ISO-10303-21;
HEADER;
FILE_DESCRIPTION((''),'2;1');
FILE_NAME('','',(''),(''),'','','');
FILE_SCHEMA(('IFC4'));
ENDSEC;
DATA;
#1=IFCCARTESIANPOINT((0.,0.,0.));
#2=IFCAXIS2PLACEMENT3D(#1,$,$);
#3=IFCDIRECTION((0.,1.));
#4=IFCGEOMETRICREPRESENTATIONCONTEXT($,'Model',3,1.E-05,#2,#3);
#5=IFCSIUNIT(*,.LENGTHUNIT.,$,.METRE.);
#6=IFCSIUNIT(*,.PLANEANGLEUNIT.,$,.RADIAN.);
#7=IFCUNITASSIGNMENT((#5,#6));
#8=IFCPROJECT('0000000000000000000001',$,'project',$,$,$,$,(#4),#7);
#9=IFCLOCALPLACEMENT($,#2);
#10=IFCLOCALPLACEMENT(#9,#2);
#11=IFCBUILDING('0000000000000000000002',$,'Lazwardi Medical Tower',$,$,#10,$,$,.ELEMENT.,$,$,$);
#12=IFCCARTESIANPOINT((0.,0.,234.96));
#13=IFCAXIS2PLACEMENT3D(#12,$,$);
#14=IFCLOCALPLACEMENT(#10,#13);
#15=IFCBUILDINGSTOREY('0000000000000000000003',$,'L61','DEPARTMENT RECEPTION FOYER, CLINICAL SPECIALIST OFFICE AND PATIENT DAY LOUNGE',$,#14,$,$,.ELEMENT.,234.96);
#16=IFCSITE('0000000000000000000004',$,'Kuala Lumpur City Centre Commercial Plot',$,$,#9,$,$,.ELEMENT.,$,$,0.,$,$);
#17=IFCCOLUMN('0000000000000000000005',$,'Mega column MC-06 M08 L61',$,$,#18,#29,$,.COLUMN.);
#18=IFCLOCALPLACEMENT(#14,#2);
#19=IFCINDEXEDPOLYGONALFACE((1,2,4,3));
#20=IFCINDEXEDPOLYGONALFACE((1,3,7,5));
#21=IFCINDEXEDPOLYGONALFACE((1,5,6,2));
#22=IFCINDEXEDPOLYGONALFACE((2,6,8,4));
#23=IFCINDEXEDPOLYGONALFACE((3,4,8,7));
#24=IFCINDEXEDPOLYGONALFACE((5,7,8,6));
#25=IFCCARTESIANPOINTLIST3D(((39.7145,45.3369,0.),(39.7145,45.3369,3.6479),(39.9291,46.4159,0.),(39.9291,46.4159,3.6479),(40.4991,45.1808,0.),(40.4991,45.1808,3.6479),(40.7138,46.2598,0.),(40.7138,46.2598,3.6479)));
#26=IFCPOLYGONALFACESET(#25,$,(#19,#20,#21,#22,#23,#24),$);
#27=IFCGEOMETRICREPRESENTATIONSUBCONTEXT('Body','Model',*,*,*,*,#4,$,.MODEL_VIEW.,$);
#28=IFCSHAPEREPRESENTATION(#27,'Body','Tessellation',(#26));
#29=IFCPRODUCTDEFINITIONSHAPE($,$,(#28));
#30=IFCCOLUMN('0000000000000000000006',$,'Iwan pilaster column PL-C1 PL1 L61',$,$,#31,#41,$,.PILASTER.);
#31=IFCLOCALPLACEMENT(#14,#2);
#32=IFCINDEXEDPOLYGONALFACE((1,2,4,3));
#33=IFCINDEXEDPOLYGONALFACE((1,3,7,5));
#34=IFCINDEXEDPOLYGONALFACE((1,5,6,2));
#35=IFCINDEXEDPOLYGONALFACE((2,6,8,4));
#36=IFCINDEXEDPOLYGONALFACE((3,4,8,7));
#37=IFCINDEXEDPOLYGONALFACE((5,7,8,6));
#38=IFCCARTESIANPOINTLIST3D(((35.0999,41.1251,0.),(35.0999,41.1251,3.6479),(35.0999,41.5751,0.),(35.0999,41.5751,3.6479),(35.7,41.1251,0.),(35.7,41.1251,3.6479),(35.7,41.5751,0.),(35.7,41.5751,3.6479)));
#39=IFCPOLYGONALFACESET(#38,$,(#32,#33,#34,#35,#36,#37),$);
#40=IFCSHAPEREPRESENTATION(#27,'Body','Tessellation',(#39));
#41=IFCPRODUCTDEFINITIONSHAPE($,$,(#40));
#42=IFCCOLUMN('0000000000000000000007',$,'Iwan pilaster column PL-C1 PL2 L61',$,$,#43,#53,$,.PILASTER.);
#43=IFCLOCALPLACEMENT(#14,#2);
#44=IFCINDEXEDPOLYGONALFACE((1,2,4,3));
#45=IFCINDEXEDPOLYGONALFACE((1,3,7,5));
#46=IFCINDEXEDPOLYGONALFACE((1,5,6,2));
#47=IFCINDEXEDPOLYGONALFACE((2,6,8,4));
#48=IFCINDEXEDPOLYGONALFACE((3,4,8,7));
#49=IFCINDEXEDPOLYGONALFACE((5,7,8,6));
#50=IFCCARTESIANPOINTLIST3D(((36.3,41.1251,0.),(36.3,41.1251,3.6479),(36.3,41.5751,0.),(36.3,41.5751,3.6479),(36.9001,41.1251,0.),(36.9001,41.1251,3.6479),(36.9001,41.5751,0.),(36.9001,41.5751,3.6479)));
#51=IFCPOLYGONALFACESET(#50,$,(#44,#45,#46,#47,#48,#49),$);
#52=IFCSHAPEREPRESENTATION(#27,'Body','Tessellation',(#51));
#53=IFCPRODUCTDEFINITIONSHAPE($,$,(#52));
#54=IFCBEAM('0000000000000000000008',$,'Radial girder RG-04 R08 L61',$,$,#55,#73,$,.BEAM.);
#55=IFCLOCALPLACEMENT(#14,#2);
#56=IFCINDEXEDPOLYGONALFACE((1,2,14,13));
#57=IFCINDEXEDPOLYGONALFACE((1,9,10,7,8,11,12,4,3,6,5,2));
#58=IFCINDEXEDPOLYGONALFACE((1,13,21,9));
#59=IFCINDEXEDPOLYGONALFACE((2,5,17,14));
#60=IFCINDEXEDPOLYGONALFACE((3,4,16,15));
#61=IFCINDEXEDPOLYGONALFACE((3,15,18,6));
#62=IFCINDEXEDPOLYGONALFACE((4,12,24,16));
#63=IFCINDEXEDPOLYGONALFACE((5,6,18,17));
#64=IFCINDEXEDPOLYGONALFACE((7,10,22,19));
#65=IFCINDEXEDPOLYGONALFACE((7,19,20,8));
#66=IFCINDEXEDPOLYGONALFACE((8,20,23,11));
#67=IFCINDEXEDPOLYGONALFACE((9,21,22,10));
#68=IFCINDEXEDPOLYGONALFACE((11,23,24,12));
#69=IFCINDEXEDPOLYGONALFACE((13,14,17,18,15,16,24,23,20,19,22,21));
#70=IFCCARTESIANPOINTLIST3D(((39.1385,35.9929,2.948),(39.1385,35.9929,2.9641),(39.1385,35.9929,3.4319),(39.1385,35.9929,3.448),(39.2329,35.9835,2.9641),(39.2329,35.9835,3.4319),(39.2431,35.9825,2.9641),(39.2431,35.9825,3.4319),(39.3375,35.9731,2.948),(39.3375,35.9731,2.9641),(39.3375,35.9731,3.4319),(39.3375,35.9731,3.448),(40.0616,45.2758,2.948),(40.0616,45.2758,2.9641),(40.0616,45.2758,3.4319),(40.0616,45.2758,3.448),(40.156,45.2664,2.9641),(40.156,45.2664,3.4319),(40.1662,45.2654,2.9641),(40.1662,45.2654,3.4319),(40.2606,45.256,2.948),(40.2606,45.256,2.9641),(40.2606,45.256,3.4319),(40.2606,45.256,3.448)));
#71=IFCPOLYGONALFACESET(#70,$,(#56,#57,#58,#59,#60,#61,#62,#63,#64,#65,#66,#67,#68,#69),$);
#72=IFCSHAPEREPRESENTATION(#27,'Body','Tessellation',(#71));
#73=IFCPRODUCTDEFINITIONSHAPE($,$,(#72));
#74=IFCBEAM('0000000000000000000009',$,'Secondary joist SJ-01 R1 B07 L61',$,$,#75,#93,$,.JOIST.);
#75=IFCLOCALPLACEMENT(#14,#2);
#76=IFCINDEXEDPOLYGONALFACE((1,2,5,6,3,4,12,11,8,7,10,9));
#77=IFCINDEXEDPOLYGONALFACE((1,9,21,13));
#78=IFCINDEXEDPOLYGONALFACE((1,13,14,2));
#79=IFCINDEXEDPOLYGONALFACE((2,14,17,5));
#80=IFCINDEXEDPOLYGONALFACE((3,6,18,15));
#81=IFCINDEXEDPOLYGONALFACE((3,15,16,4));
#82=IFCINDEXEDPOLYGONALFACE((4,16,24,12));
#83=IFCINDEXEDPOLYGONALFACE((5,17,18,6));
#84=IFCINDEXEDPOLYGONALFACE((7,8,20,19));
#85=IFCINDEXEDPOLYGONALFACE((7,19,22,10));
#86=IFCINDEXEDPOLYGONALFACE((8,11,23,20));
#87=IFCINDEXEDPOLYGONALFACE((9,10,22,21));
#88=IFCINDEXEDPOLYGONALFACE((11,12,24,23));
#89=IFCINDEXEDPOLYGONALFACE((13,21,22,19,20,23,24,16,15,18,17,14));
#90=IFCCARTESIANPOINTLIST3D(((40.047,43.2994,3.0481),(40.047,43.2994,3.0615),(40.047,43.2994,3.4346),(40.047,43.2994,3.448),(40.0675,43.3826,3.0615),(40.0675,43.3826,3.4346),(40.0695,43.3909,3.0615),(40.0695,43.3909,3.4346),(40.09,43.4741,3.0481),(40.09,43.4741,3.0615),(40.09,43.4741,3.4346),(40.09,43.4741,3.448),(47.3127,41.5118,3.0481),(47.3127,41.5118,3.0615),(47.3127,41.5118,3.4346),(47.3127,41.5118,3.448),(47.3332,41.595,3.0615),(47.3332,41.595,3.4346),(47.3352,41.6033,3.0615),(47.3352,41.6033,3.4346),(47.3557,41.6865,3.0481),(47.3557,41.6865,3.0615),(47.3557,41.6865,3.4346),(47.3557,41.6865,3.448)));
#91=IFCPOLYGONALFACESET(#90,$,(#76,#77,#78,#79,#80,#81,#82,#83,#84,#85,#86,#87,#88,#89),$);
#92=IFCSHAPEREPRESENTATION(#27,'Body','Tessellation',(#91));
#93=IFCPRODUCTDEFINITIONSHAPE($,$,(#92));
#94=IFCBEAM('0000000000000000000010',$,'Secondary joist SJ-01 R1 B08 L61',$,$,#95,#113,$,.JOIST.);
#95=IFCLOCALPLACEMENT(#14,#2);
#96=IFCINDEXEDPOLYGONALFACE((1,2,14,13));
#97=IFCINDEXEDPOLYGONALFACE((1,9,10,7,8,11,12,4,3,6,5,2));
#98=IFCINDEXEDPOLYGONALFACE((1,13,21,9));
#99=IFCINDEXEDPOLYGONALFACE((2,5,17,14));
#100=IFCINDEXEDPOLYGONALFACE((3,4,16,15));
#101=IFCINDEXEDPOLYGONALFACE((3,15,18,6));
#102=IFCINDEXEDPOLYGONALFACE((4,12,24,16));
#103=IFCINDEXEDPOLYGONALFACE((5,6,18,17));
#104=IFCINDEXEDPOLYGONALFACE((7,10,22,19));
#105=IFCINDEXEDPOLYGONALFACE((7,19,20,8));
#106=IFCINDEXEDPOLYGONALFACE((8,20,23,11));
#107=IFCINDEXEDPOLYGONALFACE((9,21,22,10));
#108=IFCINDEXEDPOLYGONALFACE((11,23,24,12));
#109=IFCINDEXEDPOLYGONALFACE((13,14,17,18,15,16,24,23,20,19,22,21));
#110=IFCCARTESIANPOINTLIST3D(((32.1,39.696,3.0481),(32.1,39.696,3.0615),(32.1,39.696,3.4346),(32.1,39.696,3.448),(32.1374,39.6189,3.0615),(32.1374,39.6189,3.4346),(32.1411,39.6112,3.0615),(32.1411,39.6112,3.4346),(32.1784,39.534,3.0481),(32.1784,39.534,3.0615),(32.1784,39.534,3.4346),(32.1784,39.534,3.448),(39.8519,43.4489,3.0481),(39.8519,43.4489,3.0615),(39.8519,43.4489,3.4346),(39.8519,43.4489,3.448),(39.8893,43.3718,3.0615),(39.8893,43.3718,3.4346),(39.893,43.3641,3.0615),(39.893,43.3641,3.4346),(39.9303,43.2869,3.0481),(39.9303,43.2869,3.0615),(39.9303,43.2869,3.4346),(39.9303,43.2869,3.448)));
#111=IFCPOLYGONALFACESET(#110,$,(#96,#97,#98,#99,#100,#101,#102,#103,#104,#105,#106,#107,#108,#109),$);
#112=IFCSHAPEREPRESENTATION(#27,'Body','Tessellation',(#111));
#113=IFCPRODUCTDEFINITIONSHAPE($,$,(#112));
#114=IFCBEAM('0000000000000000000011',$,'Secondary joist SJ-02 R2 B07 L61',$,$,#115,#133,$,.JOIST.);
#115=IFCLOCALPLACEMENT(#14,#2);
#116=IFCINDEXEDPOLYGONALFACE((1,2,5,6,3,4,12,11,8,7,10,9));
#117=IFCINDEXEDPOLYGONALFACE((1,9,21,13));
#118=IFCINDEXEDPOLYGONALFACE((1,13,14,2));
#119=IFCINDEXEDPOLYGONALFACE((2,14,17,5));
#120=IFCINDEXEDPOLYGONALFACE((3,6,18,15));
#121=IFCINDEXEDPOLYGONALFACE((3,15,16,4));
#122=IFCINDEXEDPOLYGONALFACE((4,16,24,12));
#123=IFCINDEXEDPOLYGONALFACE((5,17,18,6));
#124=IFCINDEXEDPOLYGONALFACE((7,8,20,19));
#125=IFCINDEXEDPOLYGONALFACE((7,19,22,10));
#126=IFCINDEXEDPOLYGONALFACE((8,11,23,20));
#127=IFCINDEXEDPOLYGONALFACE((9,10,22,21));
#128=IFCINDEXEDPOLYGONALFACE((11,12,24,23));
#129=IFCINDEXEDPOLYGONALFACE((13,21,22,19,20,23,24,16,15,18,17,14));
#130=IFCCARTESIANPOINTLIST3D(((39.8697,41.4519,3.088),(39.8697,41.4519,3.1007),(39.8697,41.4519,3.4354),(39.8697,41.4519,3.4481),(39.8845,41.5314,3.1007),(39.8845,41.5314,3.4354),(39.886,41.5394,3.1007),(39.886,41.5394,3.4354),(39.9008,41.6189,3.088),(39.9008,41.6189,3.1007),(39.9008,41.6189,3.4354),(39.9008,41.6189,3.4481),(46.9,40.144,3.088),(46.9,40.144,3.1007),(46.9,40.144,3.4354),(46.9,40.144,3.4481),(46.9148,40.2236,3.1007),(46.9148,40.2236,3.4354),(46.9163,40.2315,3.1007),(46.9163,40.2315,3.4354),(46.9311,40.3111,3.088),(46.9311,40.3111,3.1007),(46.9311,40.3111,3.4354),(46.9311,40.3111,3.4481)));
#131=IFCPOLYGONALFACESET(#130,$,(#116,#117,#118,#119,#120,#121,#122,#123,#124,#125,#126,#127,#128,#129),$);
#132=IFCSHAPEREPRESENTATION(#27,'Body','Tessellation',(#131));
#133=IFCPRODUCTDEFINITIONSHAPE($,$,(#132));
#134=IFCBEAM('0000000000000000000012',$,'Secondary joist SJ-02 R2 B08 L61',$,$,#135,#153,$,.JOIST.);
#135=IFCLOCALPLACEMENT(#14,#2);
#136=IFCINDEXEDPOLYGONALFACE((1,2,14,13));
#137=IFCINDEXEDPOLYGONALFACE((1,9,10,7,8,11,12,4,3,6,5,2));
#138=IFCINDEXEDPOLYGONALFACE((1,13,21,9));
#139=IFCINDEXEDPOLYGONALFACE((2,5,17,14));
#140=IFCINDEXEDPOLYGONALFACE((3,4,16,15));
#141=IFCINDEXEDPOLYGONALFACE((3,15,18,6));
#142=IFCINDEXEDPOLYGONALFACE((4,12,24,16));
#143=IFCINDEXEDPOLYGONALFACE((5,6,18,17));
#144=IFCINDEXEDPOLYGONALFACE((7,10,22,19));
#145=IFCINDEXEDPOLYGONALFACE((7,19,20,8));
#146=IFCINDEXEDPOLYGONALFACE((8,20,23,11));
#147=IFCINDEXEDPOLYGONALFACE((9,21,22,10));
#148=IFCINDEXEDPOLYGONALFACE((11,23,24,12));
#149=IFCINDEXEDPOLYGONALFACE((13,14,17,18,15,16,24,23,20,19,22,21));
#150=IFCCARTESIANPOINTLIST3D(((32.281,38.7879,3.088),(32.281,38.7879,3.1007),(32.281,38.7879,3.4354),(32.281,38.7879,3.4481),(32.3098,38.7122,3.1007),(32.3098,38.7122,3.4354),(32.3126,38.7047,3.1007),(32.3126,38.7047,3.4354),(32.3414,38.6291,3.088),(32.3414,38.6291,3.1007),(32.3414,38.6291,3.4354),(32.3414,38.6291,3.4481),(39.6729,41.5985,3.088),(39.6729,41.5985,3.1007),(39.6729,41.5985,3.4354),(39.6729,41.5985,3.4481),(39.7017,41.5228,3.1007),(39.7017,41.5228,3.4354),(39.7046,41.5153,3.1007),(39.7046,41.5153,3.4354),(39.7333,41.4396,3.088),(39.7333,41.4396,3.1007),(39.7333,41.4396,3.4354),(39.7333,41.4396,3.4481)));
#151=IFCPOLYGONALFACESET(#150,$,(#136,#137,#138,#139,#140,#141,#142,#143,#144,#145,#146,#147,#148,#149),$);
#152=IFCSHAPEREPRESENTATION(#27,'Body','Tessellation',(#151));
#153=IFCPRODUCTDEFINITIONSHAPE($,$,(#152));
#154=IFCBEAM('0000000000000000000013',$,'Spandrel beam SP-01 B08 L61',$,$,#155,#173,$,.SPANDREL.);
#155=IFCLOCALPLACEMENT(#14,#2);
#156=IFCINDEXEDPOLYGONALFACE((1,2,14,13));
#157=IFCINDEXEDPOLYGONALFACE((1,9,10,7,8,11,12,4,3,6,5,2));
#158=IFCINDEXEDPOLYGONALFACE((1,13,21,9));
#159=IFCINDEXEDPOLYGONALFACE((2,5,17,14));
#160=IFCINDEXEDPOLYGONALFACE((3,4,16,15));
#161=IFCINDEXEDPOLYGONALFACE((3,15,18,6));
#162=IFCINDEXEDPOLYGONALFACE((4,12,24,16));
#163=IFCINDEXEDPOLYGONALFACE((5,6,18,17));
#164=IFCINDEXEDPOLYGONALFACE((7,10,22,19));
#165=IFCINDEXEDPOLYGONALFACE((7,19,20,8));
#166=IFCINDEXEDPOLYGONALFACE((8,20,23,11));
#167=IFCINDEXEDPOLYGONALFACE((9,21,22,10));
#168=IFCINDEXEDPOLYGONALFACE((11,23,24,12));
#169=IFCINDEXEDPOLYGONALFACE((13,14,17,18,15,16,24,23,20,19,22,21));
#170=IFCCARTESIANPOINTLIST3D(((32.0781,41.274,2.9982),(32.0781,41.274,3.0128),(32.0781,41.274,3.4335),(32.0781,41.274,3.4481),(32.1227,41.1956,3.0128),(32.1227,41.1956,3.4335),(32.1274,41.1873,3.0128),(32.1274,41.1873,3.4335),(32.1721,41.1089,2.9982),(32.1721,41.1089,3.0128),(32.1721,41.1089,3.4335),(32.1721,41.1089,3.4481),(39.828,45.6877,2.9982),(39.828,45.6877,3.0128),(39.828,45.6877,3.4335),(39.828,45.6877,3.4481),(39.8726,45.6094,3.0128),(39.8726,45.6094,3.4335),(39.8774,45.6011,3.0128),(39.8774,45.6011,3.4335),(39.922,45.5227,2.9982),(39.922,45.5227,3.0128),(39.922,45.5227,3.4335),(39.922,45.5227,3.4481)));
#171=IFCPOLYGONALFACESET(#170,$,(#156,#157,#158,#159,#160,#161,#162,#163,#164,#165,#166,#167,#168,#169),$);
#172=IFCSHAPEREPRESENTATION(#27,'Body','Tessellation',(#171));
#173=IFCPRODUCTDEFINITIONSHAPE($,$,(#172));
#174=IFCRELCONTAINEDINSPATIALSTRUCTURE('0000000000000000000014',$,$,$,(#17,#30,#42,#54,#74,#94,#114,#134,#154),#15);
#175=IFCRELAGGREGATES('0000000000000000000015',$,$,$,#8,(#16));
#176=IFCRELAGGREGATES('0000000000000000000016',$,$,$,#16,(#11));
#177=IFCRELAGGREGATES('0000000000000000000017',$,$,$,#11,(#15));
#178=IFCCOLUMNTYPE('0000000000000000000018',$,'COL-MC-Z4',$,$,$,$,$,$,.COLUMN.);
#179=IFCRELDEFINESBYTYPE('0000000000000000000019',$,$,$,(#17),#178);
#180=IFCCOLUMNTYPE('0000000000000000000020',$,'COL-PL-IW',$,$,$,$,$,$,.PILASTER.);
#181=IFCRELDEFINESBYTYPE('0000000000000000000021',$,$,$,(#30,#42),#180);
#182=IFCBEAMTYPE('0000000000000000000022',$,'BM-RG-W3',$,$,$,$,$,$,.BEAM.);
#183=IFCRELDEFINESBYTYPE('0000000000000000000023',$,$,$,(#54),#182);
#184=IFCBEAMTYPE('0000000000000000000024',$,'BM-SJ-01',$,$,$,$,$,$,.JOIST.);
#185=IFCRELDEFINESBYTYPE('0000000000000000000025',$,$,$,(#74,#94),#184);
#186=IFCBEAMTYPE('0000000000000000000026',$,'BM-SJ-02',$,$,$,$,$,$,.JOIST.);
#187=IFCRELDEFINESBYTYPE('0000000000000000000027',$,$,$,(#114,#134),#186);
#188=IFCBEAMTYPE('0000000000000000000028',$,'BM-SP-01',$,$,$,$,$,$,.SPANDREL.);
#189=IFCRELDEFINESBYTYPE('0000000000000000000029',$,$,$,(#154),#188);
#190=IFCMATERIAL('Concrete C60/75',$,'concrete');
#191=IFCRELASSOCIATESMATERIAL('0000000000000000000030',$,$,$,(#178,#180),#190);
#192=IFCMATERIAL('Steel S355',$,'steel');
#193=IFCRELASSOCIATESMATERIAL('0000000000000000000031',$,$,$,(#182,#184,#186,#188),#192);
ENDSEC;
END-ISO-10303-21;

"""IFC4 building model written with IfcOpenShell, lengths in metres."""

from ifc_helpers import new_model, si_unit, direction, frame, origin, origin_2d, place, context, subcontext, project, spatial, rectangle, i_section, extrude, material, material_profile, profile_set, type_object, element, save


model = new_model("IFC4")

# Units and contexts
model_context = context("Model", 3, precision=1e-05, world=origin(), true_north=direction((0.0, 1.0)))
body_context = subcontext(model_context, "Body", "Model", "MODEL_VIEW")
ifc_project = project(units=[si_unit("LENGTHUNIT", "METRE"), si_unit("PLANEANGLEUNIT", "RADIAN")], contexts=[model_context])

# Site, building, storey
site_placement = place(None, origin())
site = spatial("IfcSite", under=ifc_project, at=site_placement, Name="Kuala Lumpur City Centre Commercial Plot", CompositionType="ELEMENT", RefElevation=0.0)
building_placement = place(site_placement, origin())
building = spatial("IfcBuilding", under=site, at=building_placement, Name="Lazwardi Medical Tower", CompositionType="ELEMENT")
storey_placement = place(building_placement, frame((0.0, 0.0, 234.96)))
storey = spatial("IfcBuildingStorey", under=building, at=storey_placement, Name="L61", Description="DEPARTMENT RECEPTION FOYER, CLINICAL SPECIALIST OFFICE AND PATIENT DAY LOUNGE", CompositionType="ELEMENT", Elevation=234.96)

# Columns
ifc_material_1 = material(Name="Concrete C60/75", Category="concrete")
ifc_material_profile_1 = material_profile(ifc_material_1, rectangle(XDim=1.1001, YDim=0.8, at=origin_2d()), Name="CFT-RECT 1100x800")
ifc_profile_set_1 = profile_set([ifc_material_profile_1], Name="Concrete C60/75")
column_type_1 = type_object("IfcColumnType", Name="COL-MC-Z4", PredefinedType="COLUMN", material=ifc_profile_set_1)
column_placement = place(storey_placement, frame((40.2141, 45.7983, 0.0), z_axis=(0.0, 0.0, 1.0), x_axis=(0.19509, 0.980785, 0.0)))
element("IfcColumn", 1, at=column_placement, inside=storey, type_object=column_type_1, Name="Mega column MC-06 M08 L61", PredefinedType="COLUMN", context=body_context, shape_type="SweptSolid", body=[
    extrude(rectangle(XDim=1.1001, YDim=0.8, at=origin_2d()), origin(), (0.0, 0.0, 1.0), 3.6479),
])
ifc_material_profile_2 = material_profile(ifc_material_1, rectangle(XDim=0.6001, YDim=0.45, at=origin_2d()), Name="RC 600x450")
ifc_profile_set_2 = profile_set([ifc_material_profile_2], Name="Concrete C60/75")
column_type_2 = type_object("IfcColumnType", Name="COL-PL-IW", PredefinedType="PILASTER", material=ifc_profile_set_2)
for number, where, z_axis, x_axis, name in (
    (2, (35.3999, 41.3501, 0.0), (0.0, 0.0, 1.0), (1.0, 0.0, 0.0), "Iwan pilaster column PL-C1 PL1 L61"),
    (3, (36.6001, 41.3501, 0.0), (0.0, 0.0, 1.0), (1.0, 0.0, 0.0), "Iwan pilaster column PL-C1 PL2 L61"),
):
    element("IfcColumn", number, at=place(storey_placement, frame(where, z_axis=z_axis, x_axis=x_axis)), inside=storey, type_object=column_type_2, Name=name, PredefinedType="PILASTER", context=body_context, shape_type="SweptSolid", body=[
        extrude(rectangle(XDim=0.6001, YDim=0.45, at=origin_2d()), origin(), (0.0, 0.0, 1.0), 3.6479),
    ])

# Beams
ifc_material_2 = material(Name="Steel S355", Category="steel")
ifc_material_profile_3 = material_profile(ifc_material_2, i_section(OverallWidth=0.2, OverallDepth=0.5, WebThickness=0.0103, FlangeThickness=0.0161, at=origin_2d()), Name="IPE 500")
ifc_profile_set_3 = profile_set([ifc_material_profile_3], Name="Steel S355")
beam_type_1 = type_object("IfcBeamType", Name="BM-RG-W3", PredefinedType="BEAM", material=ifc_profile_set_3)
beam_1_placement = place(storey_placement, frame((40.1611, 45.2659, 3.198), z_axis=(-0.098954, -0.995092, 0.0), x_axis=(0.995092, -0.098954, 0.0)))
element("IfcBeam", 4, at=beam_1_placement, inside=storey, type_object=beam_type_1, Name="Radial girder RG-04 R08 L61", PredefinedType="BEAM", context=body_context, shape_type="SweptSolid", body=[
    extrude(i_section(OverallWidth=0.2, OverallDepth=0.5, WebThickness=0.0103, FlangeThickness=0.0161, at=origin_2d()), origin(), (0.0, 0.0, 1.0), 9.3286),
])
ifc_material_profile_4 = material_profile(ifc_material_2, i_section(OverallWidth=0.1799, OverallDepth=0.3999, WebThickness=0.0085, FlangeThickness=0.0134, at=origin_2d()), Name="IPE 400")
ifc_profile_set_4 = profile_set([ifc_material_profile_4], Name="Steel S355")
beam_type_2 = type_object("IfcBeamType", Name="BM-SJ-01", PredefinedType="JOIST", material=ifc_profile_set_4)
beam_2_placement = place(storey_placement, frame((47.3342, 41.5991, 3.248), z_axis=(-0.971042, 0.23891, 0.0), x_axis=(-0.23891, -0.971042, 0.0)))
element("IfcBeam", 5, at=beam_2_placement, inside=storey, type_object=beam_type_2, Name="Secondary joist SJ-01 R1 B07 L61", PredefinedType="JOIST", context=body_context, shape_type="SweptSolid", body=[
    extrude(i_section(OverallWidth=0.1799, OverallDepth=0.3999, WebThickness=0.0085, FlangeThickness=0.0134, at=origin_2d()), origin(), (0.0, 0.0, 1.0), 7.4824),
])
beam_3_placement = place(storey_placement, frame((39.8911, 43.3679, 3.248), z_axis=(-0.900069, -0.435748, 0.0), x_axis=(0.435748, -0.900069, 0.0)))
element("IfcBeam", 6, at=beam_3_placement, inside=storey, type_object=beam_type_2, Name="Secondary joist SJ-01 R1 B08 L61", PredefinedType="JOIST", context=body_context, shape_type="SweptSolid", body=[
    extrude(i_section(OverallWidth=0.1799, OverallDepth=0.3999, WebThickness=0.0085, FlangeThickness=0.0134, at=origin_2d()), origin(), (0.0, 0.0, 1.0), 8.6125),
])
ifc_material_profile_5 = material_profile(ifc_material_2, i_section(OverallWidth=0.1699, OverallDepth=0.3601, WebThickness=0.0081, FlangeThickness=0.0127, at=origin_2d()), Name="IPE 360")
ifc_profile_set_5 = profile_set([ifc_material_profile_5], Name="Steel S355")
beam_type_3 = type_object("IfcBeamType", Name="BM-SJ-02", PredefinedType="JOIST", material=ifc_profile_set_5)
beam_4_placement = place(storey_placement, frame((46.9155, 40.2275, 3.2681), z_axis=(-0.983132, 0.182895, 0.0), x_axis=(-0.182895, -0.983132, 0.0)))
element("IfcBeam", 7, at=beam_4_placement, inside=storey, type_object=beam_type_3, Name="Secondary joist SJ-02 R2 B07 L61", PredefinedType="JOIST", context=body_context, shape_type="SweptSolid", body=[
    extrude(i_section(OverallWidth=0.1699, OverallDepth=0.3601, WebThickness=0.0081, FlangeThickness=0.0127, at=origin_2d()), origin(), (0.0, 0.0, 1.0), 7.1509),
])
beam_5_placement = place(storey_placement, frame((39.7031, 41.519, 3.2681), z_axis=(-0.934714, -0.3554, 0.0), x_axis=(0.3554, -0.934714, 0.0)))
element("IfcBeam", 8, at=beam_5_placement, inside=storey, type_object=beam_type_3, Name="Secondary joist SJ-02 R2 B08 L61", PredefinedType="JOIST", context=body_context, shape_type="SweptSolid", body=[
    extrude(i_section(OverallWidth=0.1699, OverallDepth=0.3601, WebThickness=0.0081, FlangeThickness=0.0127, at=origin_2d()), origin(), (0.0, 0.0, 1.0), 7.9082),
])
ifc_material_profile_6 = material_profile(ifc_material_2, i_section(OverallWidth=0.1899, OverallDepth=0.45, WebThickness=0.0095, FlangeThickness=0.0146, at=origin_2d()), Name="IPE 450")
ifc_profile_set_6 = profile_set([ifc_material_profile_6], Name="Steel S355")
beam_type_4 = type_object("IfcBeamType", Name="BM-SP-01", PredefinedType="SPANDREL", material=ifc_profile_set_6)
beam_6_placement = place(storey_placement, frame((39.875, 45.6052, 3.2231), z_axis=(-0.868955, -0.494891, 0.0), x_axis=(0.494891, -0.868955, 0.0)))
element("IfcBeam", 9, at=beam_6_placement, inside=storey, type_object=beam_type_4, Name="Spandrel beam SP-01 B08 L61", PredefinedType="SPANDREL", context=body_context, shape_type="SweptSolid", body=[
    extrude(i_section(OverallWidth=0.1899, OverallDepth=0.45, WebThickness=0.0095, FlangeThickness=0.0146, at=origin_2d()), origin(), (0.0, 0.0, 1.0), 8.9187),
])

save(model, "model.ifc")
